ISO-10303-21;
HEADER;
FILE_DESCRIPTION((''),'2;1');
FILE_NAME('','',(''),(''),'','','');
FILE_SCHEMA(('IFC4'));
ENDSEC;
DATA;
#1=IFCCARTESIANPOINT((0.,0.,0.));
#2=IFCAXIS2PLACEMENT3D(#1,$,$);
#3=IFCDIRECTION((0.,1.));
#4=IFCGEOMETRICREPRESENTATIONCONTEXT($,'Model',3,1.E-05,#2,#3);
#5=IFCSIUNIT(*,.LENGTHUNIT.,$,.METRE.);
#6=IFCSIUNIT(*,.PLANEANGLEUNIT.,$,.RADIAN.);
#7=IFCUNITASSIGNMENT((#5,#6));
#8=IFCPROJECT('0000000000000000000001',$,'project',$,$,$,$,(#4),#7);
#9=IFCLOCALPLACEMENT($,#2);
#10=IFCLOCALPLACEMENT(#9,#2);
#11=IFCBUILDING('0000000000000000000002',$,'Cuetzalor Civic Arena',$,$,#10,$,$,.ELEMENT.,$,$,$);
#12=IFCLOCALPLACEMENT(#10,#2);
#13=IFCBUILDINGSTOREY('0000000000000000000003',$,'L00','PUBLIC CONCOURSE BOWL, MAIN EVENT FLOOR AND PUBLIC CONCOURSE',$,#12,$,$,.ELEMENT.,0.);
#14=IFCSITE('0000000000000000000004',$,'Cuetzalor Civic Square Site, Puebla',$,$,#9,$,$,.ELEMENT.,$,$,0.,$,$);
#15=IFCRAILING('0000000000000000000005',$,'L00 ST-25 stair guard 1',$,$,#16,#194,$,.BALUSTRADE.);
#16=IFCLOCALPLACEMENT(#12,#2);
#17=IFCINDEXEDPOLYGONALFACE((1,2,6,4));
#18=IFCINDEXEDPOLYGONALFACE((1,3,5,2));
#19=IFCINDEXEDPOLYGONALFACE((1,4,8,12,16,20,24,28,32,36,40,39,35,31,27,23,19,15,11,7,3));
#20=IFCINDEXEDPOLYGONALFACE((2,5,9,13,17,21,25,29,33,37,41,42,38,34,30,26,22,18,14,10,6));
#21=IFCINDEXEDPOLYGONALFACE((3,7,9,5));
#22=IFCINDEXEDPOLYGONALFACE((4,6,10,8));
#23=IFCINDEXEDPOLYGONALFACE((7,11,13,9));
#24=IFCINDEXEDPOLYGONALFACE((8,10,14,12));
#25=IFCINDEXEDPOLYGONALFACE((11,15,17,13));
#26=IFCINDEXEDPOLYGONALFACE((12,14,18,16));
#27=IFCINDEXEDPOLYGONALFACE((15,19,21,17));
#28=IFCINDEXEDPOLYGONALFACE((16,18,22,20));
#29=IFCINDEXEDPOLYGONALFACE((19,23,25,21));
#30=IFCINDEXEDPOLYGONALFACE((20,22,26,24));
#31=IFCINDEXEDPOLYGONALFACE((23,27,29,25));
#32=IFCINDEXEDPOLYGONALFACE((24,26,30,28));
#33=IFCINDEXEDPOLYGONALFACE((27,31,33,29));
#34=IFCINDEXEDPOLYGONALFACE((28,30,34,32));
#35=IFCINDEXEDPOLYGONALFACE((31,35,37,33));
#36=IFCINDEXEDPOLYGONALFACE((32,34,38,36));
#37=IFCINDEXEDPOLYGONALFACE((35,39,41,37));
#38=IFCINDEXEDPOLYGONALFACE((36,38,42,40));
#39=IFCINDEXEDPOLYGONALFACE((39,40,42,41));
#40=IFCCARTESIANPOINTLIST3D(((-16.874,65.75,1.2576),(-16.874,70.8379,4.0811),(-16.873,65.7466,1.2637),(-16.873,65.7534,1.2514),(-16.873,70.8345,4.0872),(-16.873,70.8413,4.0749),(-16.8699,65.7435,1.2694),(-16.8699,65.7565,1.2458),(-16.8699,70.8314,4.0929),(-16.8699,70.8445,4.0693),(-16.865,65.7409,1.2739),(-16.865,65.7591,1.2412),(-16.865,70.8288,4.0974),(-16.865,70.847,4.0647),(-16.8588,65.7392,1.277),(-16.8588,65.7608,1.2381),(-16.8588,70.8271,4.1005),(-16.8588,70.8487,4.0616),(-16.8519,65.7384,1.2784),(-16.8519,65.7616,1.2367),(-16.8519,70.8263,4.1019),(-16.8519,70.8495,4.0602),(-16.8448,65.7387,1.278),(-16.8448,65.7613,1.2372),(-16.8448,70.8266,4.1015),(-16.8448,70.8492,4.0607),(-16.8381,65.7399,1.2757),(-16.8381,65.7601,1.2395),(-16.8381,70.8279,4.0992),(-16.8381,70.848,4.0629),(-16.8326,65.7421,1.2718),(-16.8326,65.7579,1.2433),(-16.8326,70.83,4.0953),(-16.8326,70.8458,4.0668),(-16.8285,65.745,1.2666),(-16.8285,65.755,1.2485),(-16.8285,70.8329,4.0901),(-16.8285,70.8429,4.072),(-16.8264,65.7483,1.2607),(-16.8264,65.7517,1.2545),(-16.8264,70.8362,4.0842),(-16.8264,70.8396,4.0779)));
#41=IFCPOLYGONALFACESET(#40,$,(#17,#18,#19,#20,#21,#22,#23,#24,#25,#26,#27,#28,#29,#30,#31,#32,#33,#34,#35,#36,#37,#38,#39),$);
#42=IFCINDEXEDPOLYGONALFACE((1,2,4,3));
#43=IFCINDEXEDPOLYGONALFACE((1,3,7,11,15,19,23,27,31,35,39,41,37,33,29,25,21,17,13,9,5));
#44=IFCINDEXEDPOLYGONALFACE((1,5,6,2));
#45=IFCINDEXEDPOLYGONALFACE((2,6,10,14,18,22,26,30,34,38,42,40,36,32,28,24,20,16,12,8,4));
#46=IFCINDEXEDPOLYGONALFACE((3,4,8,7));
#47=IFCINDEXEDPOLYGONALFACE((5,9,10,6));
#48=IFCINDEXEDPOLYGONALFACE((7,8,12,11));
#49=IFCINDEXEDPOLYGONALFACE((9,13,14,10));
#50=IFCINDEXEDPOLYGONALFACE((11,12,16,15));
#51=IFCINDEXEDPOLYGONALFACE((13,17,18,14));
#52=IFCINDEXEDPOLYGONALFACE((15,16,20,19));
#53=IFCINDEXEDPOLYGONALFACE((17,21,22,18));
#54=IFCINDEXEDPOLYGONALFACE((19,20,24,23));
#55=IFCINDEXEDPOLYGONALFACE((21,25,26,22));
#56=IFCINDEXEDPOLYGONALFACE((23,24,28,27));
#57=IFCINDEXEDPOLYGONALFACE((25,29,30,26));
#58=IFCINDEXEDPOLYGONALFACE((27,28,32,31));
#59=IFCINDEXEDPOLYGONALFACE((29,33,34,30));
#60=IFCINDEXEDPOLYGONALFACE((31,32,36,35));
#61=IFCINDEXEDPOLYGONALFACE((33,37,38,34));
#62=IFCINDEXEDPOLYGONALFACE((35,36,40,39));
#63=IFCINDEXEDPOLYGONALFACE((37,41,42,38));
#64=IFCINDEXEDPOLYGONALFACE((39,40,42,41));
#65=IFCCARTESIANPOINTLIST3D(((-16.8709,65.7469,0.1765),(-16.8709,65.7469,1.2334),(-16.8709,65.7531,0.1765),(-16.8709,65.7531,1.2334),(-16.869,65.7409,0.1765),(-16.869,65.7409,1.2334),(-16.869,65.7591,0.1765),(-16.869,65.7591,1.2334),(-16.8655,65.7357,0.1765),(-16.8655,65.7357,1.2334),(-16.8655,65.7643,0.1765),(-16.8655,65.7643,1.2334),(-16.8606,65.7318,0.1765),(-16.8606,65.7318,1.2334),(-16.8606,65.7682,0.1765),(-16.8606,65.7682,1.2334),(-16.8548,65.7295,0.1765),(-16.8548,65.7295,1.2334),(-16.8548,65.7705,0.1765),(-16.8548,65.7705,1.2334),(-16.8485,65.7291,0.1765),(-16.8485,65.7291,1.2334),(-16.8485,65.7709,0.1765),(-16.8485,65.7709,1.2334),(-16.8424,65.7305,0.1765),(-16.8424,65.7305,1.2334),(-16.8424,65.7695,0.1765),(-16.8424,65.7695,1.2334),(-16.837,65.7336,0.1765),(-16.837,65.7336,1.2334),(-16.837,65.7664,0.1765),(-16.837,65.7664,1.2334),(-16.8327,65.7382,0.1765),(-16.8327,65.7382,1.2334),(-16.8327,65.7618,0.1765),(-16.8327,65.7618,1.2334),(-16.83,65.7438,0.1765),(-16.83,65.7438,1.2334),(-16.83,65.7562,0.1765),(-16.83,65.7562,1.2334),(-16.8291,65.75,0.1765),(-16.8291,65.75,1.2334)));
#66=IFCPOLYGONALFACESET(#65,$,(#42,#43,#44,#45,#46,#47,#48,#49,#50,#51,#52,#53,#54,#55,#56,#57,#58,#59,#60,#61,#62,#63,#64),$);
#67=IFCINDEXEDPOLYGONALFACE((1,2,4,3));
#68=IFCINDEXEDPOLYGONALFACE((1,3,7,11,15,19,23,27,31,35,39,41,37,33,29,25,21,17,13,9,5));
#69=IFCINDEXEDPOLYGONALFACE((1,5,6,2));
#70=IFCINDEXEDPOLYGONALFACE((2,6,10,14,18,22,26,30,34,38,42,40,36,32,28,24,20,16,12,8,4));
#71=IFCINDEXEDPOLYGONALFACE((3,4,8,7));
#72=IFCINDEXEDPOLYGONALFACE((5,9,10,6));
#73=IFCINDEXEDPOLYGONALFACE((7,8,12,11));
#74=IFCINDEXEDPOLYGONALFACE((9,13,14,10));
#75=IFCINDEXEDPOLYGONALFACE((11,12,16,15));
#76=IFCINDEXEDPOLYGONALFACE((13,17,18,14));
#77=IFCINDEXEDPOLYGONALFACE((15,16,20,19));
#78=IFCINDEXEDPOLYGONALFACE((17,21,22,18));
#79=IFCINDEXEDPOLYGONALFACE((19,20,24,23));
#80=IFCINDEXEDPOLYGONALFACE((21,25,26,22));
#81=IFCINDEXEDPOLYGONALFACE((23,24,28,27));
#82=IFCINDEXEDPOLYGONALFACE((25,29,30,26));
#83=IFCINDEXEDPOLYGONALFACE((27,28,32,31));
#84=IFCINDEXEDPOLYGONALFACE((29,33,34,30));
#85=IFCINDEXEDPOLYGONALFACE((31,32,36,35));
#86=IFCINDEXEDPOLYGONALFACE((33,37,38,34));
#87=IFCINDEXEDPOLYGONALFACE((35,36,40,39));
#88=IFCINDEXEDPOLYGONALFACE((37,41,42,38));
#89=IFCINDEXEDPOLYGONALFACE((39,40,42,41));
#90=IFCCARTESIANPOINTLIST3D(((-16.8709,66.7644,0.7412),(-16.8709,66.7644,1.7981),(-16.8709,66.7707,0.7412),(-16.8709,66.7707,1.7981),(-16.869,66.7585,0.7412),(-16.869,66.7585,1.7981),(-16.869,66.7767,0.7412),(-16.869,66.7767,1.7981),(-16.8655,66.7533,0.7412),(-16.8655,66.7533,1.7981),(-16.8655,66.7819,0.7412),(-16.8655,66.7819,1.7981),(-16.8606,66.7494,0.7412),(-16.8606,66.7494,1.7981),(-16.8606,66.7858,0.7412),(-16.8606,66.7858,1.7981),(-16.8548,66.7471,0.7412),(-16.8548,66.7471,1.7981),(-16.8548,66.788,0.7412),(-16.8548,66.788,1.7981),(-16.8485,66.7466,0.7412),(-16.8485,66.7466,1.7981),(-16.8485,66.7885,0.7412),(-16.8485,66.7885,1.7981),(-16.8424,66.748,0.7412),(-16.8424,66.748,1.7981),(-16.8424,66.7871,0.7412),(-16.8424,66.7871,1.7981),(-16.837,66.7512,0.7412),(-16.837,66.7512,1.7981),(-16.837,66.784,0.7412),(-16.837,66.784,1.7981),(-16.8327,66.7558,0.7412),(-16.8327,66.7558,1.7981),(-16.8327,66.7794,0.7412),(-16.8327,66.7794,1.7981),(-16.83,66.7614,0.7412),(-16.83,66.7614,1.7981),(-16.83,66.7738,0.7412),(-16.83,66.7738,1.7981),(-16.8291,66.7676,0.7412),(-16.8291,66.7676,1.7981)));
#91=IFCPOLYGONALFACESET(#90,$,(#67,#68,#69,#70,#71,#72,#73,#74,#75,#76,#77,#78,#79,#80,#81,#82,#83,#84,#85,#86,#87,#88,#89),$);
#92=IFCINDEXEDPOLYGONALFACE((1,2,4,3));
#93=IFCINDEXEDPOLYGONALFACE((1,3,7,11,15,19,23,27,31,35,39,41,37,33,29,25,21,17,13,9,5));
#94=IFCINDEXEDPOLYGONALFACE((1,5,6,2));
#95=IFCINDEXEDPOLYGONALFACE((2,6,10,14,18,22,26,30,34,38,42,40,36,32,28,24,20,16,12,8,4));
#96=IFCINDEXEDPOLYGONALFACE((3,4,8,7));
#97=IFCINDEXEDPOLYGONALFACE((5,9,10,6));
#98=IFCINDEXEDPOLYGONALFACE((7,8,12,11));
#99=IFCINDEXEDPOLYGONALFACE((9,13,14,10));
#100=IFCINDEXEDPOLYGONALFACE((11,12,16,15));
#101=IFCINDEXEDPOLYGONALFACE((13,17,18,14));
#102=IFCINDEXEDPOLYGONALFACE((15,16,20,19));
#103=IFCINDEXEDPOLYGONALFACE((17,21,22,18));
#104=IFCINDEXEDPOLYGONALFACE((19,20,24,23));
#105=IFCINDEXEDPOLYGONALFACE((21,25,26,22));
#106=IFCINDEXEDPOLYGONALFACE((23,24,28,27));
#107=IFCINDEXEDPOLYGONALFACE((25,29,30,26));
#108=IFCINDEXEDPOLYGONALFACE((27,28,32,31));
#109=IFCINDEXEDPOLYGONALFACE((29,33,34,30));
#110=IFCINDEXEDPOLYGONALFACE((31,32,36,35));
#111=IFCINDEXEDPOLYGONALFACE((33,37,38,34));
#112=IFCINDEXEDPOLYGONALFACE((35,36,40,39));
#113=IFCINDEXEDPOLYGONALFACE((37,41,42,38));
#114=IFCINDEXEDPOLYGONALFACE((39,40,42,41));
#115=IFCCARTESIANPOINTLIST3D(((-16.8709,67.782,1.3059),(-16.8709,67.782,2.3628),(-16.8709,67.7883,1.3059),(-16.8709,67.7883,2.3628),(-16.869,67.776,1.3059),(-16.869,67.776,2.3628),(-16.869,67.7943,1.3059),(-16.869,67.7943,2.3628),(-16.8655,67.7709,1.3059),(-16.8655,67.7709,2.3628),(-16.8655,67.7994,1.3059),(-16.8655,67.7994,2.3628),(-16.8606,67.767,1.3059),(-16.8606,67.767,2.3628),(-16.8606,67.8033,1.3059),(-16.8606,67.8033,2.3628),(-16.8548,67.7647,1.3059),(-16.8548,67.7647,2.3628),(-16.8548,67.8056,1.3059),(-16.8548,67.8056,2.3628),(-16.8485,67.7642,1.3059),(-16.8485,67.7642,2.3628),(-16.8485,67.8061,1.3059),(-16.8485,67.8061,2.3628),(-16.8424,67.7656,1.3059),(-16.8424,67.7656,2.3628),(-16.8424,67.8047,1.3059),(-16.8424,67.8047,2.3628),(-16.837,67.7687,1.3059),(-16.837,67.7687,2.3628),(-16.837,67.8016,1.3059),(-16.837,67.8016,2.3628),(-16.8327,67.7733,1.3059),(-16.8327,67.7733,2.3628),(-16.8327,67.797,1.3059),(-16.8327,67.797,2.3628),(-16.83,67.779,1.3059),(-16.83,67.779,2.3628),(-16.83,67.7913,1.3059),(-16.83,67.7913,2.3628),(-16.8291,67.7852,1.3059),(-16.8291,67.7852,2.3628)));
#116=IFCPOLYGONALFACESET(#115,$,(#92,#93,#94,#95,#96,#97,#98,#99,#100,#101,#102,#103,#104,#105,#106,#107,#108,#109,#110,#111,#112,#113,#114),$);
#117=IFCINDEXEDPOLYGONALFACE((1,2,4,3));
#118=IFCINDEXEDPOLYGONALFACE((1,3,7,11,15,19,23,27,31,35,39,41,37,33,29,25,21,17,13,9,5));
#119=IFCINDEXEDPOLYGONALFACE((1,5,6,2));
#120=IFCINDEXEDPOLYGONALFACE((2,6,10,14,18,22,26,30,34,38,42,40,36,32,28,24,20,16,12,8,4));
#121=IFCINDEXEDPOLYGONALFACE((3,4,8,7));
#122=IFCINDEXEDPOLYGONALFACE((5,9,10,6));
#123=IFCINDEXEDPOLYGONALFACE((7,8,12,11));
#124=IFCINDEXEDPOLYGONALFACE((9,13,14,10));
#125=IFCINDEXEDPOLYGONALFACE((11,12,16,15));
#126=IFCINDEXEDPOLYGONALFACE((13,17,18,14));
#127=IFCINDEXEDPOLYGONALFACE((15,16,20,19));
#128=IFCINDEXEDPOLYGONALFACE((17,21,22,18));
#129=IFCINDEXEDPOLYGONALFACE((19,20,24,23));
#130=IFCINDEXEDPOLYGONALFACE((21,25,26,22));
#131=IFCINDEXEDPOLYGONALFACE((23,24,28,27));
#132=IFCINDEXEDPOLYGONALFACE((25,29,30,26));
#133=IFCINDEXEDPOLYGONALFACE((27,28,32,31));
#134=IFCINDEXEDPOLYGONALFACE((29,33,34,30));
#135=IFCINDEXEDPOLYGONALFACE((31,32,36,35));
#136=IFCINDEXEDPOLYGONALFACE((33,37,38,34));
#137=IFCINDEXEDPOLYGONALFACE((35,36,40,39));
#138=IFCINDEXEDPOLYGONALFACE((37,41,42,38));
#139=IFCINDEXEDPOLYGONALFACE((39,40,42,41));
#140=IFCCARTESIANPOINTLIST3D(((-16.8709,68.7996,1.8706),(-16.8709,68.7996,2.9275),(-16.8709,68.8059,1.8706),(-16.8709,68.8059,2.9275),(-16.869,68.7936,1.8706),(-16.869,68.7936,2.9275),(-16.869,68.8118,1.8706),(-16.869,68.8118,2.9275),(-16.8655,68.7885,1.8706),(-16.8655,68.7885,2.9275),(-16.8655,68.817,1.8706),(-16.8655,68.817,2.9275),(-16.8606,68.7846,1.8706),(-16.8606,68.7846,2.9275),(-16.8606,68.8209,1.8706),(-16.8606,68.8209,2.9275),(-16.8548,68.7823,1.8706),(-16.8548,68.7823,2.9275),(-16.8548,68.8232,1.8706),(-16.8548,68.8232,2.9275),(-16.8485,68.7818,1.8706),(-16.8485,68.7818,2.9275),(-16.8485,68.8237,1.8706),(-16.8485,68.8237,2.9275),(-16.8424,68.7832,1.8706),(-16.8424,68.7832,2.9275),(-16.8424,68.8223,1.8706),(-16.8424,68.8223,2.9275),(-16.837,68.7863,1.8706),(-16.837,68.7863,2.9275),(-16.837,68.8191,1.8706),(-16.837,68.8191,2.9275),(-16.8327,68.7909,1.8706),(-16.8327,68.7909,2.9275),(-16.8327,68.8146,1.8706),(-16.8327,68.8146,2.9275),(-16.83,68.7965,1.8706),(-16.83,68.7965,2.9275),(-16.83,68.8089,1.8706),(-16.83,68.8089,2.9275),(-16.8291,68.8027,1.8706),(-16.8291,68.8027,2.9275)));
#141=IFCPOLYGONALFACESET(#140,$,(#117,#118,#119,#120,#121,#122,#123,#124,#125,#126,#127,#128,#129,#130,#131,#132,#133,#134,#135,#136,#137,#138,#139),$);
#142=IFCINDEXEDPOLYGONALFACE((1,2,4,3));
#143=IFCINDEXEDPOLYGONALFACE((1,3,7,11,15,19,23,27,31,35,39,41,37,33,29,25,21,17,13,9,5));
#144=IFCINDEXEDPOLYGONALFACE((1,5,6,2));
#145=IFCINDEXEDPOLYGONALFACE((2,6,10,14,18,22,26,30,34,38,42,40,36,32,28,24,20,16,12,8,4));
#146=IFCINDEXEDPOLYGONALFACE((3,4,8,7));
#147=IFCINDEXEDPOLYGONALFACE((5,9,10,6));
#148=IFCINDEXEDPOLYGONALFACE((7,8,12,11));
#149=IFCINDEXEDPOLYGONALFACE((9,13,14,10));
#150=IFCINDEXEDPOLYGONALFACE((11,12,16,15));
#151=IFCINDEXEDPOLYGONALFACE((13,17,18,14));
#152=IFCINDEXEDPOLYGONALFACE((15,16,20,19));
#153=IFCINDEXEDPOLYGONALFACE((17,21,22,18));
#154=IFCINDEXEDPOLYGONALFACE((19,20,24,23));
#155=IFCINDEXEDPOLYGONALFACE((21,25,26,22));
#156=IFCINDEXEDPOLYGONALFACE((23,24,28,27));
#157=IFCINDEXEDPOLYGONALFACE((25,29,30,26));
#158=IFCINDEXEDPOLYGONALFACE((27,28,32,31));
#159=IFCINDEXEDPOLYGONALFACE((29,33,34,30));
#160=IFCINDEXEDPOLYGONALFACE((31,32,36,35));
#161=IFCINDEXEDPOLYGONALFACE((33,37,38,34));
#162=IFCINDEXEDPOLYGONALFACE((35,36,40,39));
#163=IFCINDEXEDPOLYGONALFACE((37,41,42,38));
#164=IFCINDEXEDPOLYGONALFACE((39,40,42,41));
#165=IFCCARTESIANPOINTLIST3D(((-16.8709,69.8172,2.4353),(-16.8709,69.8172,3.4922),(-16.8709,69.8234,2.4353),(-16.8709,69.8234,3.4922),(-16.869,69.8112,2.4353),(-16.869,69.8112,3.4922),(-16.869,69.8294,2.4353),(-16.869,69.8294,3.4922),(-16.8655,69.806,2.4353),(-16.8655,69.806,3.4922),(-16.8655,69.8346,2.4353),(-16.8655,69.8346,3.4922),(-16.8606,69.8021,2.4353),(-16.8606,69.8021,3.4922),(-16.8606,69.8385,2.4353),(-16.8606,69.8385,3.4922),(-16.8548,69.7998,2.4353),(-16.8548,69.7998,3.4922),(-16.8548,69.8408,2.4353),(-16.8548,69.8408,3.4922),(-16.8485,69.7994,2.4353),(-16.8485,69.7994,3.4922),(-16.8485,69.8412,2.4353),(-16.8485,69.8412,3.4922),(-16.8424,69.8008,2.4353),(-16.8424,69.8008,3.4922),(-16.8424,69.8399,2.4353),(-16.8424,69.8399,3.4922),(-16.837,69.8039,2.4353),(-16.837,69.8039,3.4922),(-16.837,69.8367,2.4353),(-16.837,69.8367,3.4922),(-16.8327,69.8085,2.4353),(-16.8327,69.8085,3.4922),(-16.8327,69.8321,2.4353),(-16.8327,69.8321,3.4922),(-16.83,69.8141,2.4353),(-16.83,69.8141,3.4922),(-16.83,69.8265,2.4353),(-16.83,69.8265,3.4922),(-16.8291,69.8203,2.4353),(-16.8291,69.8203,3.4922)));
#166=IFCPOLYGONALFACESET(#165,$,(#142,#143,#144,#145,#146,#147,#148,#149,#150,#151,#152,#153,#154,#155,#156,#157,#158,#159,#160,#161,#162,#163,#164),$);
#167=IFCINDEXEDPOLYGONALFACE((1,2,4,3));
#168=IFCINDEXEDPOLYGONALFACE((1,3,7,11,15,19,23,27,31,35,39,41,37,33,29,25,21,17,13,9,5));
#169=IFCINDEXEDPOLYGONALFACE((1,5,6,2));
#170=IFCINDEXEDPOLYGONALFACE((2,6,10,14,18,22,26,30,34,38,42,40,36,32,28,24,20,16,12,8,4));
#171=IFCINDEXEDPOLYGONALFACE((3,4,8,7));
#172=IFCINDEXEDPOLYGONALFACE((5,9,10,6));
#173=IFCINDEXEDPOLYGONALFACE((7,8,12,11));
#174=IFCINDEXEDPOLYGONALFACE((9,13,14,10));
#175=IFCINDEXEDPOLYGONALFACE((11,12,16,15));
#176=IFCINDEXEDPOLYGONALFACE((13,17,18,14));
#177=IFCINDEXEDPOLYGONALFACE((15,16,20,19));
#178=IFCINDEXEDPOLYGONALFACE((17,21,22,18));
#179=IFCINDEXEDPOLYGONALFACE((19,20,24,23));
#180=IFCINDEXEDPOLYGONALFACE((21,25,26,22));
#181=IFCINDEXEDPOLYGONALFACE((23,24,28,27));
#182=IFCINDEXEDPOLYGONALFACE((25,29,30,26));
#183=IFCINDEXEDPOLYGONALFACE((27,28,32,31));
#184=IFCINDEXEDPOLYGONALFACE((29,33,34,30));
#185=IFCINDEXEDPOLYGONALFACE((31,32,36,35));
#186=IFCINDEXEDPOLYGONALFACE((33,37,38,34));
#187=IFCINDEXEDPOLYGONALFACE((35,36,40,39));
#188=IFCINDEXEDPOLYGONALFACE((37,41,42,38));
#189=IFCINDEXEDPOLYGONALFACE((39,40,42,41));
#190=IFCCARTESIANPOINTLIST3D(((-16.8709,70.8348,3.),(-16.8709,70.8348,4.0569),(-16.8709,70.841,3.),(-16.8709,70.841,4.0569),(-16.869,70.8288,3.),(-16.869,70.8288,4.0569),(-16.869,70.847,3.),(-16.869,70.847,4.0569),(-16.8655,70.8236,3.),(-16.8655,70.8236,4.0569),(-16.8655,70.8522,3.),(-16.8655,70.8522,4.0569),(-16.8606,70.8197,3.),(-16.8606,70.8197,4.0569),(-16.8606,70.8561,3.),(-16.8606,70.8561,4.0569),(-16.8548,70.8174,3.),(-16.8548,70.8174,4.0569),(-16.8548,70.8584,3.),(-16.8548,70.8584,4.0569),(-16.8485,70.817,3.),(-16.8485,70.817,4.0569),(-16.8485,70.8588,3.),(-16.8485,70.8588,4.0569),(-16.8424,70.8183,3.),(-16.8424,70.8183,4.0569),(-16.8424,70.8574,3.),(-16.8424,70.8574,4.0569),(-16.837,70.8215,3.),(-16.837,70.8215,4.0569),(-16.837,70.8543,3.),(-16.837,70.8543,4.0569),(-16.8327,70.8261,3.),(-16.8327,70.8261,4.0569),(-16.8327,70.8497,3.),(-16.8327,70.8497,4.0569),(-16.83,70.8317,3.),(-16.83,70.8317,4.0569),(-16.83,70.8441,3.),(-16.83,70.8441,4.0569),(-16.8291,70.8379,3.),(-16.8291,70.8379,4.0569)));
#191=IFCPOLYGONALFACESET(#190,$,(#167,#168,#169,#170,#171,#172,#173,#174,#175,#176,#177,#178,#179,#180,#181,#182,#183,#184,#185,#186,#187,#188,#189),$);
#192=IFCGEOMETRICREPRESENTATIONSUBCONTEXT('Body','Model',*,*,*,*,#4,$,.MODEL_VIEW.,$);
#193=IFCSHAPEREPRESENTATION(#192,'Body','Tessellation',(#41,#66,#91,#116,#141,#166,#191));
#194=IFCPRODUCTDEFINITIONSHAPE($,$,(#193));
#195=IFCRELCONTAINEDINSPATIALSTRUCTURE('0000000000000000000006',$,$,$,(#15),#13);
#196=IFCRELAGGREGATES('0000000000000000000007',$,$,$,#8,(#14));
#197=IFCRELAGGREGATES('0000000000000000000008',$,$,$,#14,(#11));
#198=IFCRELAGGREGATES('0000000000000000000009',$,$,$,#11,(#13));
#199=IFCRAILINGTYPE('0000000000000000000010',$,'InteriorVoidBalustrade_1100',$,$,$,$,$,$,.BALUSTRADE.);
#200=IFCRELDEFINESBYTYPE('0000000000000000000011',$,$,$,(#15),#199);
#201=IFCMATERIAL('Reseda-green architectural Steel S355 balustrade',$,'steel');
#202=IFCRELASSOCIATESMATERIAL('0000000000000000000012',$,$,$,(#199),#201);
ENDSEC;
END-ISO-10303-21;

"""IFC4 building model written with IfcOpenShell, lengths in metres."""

from ifc_helpers import new_model, si_unit, direction, frame, origin, origin_2d, place, context, subcontext, project, spatial, circle, extrude, material, type_object, element, save


model = new_model("IFC4")

# Units and contexts
model_context = context("Model", 3, precision=1e-05, world=origin(), true_north=direction((0.0, 1.0)))
body_context = subcontext(model_context, "Body", "Model", "MODEL_VIEW")
ifc_project = project(units=[si_unit("LENGTHUNIT", "METRE"), si_unit("PLANEANGLEUNIT", "RADIAN")], contexts=[model_context])

# Site, building, storey
site_placement = place(None, origin())
site = spatial("IfcSite", under=ifc_project, at=site_placement, Name="Cuetzalor Civic Square Site, Puebla", CompositionType="ELEMENT", RefElevation=0.0)
building_placement = place(site_placement, origin())
building = spatial("IfcBuilding", under=site, at=building_placement, Name="Cuetzalor Civic Arena", CompositionType="ELEMENT")
storey_placement = place(building_placement, origin())
storey = spatial("IfcBuildingStorey", under=building, at=storey_placement, Name="L00", Description="PUBLIC CONCOURSE BOWL, MAIN EVENT FLOOR AND PUBLIC CONCOURSE", CompositionType="ELEMENT", Elevation=0.0)

# Railing
ifc_material_1 = material(Name="Reseda-green architectural Steel S355 balustrade", Category="steel")
railing_type_1 = type_object("IfcRailingType", Name="InteriorVoidBalustrade_1100", PredefinedType="BALUSTRADE", material=ifc_material_1)
railing_1_placement = place(storey_placement, frame((-16.8501, 65.75, 0.1765)))
element("IfcRailing", 1, at=railing_1_placement, inside=storey, type_object=railing_type_1, Name="L00 ST-25 stair guard 1", PredefinedType="BALUSTRADE", context=body_context, shape_type="SweptSolid", body=[
    extrude(circle(Radius=0.0239, at=origin_2d()), frame((0.0, 0.0, 1.0811), z_axis=(0.0, 0.874385, 0.485233), x_axis=(-1.0, 0.0, 0.0)), (0.0, 0.0, 1.0), 5.8188),
    extrude(circle(Radius=0.021, at=origin_2d()), origin(), (0.0, 0.0, 1.0), 1.0569),
    extrude(circle(Radius=0.021, at=origin_2d()), frame((0.0, 1.0176, 0.5647)), (0.0, 0.0, 1.0), 1.0569),
    extrude(circle(Radius=0.021, at=origin_2d()), frame((0.0, 2.0352, 1.1294)), (0.0, 0.0, 1.0), 1.0569),
    extrude(circle(Radius=0.021, at=origin_2d()), frame((0.0, 3.0527, 1.6941)), (0.0, 0.0, 1.0), 1.0569),
    extrude(circle(Radius=0.021, at=origin_2d()), frame((0.0, 4.0703, 2.2588)), (0.0, 0.0, 1.0), 1.0569),
    extrude(circle(Radius=0.021, at=origin_2d()), frame((0.0, 5.0879, 2.8235)), (0.0, 0.0, 1.0), 1.0569),
])

save(model, "model.ifc")
